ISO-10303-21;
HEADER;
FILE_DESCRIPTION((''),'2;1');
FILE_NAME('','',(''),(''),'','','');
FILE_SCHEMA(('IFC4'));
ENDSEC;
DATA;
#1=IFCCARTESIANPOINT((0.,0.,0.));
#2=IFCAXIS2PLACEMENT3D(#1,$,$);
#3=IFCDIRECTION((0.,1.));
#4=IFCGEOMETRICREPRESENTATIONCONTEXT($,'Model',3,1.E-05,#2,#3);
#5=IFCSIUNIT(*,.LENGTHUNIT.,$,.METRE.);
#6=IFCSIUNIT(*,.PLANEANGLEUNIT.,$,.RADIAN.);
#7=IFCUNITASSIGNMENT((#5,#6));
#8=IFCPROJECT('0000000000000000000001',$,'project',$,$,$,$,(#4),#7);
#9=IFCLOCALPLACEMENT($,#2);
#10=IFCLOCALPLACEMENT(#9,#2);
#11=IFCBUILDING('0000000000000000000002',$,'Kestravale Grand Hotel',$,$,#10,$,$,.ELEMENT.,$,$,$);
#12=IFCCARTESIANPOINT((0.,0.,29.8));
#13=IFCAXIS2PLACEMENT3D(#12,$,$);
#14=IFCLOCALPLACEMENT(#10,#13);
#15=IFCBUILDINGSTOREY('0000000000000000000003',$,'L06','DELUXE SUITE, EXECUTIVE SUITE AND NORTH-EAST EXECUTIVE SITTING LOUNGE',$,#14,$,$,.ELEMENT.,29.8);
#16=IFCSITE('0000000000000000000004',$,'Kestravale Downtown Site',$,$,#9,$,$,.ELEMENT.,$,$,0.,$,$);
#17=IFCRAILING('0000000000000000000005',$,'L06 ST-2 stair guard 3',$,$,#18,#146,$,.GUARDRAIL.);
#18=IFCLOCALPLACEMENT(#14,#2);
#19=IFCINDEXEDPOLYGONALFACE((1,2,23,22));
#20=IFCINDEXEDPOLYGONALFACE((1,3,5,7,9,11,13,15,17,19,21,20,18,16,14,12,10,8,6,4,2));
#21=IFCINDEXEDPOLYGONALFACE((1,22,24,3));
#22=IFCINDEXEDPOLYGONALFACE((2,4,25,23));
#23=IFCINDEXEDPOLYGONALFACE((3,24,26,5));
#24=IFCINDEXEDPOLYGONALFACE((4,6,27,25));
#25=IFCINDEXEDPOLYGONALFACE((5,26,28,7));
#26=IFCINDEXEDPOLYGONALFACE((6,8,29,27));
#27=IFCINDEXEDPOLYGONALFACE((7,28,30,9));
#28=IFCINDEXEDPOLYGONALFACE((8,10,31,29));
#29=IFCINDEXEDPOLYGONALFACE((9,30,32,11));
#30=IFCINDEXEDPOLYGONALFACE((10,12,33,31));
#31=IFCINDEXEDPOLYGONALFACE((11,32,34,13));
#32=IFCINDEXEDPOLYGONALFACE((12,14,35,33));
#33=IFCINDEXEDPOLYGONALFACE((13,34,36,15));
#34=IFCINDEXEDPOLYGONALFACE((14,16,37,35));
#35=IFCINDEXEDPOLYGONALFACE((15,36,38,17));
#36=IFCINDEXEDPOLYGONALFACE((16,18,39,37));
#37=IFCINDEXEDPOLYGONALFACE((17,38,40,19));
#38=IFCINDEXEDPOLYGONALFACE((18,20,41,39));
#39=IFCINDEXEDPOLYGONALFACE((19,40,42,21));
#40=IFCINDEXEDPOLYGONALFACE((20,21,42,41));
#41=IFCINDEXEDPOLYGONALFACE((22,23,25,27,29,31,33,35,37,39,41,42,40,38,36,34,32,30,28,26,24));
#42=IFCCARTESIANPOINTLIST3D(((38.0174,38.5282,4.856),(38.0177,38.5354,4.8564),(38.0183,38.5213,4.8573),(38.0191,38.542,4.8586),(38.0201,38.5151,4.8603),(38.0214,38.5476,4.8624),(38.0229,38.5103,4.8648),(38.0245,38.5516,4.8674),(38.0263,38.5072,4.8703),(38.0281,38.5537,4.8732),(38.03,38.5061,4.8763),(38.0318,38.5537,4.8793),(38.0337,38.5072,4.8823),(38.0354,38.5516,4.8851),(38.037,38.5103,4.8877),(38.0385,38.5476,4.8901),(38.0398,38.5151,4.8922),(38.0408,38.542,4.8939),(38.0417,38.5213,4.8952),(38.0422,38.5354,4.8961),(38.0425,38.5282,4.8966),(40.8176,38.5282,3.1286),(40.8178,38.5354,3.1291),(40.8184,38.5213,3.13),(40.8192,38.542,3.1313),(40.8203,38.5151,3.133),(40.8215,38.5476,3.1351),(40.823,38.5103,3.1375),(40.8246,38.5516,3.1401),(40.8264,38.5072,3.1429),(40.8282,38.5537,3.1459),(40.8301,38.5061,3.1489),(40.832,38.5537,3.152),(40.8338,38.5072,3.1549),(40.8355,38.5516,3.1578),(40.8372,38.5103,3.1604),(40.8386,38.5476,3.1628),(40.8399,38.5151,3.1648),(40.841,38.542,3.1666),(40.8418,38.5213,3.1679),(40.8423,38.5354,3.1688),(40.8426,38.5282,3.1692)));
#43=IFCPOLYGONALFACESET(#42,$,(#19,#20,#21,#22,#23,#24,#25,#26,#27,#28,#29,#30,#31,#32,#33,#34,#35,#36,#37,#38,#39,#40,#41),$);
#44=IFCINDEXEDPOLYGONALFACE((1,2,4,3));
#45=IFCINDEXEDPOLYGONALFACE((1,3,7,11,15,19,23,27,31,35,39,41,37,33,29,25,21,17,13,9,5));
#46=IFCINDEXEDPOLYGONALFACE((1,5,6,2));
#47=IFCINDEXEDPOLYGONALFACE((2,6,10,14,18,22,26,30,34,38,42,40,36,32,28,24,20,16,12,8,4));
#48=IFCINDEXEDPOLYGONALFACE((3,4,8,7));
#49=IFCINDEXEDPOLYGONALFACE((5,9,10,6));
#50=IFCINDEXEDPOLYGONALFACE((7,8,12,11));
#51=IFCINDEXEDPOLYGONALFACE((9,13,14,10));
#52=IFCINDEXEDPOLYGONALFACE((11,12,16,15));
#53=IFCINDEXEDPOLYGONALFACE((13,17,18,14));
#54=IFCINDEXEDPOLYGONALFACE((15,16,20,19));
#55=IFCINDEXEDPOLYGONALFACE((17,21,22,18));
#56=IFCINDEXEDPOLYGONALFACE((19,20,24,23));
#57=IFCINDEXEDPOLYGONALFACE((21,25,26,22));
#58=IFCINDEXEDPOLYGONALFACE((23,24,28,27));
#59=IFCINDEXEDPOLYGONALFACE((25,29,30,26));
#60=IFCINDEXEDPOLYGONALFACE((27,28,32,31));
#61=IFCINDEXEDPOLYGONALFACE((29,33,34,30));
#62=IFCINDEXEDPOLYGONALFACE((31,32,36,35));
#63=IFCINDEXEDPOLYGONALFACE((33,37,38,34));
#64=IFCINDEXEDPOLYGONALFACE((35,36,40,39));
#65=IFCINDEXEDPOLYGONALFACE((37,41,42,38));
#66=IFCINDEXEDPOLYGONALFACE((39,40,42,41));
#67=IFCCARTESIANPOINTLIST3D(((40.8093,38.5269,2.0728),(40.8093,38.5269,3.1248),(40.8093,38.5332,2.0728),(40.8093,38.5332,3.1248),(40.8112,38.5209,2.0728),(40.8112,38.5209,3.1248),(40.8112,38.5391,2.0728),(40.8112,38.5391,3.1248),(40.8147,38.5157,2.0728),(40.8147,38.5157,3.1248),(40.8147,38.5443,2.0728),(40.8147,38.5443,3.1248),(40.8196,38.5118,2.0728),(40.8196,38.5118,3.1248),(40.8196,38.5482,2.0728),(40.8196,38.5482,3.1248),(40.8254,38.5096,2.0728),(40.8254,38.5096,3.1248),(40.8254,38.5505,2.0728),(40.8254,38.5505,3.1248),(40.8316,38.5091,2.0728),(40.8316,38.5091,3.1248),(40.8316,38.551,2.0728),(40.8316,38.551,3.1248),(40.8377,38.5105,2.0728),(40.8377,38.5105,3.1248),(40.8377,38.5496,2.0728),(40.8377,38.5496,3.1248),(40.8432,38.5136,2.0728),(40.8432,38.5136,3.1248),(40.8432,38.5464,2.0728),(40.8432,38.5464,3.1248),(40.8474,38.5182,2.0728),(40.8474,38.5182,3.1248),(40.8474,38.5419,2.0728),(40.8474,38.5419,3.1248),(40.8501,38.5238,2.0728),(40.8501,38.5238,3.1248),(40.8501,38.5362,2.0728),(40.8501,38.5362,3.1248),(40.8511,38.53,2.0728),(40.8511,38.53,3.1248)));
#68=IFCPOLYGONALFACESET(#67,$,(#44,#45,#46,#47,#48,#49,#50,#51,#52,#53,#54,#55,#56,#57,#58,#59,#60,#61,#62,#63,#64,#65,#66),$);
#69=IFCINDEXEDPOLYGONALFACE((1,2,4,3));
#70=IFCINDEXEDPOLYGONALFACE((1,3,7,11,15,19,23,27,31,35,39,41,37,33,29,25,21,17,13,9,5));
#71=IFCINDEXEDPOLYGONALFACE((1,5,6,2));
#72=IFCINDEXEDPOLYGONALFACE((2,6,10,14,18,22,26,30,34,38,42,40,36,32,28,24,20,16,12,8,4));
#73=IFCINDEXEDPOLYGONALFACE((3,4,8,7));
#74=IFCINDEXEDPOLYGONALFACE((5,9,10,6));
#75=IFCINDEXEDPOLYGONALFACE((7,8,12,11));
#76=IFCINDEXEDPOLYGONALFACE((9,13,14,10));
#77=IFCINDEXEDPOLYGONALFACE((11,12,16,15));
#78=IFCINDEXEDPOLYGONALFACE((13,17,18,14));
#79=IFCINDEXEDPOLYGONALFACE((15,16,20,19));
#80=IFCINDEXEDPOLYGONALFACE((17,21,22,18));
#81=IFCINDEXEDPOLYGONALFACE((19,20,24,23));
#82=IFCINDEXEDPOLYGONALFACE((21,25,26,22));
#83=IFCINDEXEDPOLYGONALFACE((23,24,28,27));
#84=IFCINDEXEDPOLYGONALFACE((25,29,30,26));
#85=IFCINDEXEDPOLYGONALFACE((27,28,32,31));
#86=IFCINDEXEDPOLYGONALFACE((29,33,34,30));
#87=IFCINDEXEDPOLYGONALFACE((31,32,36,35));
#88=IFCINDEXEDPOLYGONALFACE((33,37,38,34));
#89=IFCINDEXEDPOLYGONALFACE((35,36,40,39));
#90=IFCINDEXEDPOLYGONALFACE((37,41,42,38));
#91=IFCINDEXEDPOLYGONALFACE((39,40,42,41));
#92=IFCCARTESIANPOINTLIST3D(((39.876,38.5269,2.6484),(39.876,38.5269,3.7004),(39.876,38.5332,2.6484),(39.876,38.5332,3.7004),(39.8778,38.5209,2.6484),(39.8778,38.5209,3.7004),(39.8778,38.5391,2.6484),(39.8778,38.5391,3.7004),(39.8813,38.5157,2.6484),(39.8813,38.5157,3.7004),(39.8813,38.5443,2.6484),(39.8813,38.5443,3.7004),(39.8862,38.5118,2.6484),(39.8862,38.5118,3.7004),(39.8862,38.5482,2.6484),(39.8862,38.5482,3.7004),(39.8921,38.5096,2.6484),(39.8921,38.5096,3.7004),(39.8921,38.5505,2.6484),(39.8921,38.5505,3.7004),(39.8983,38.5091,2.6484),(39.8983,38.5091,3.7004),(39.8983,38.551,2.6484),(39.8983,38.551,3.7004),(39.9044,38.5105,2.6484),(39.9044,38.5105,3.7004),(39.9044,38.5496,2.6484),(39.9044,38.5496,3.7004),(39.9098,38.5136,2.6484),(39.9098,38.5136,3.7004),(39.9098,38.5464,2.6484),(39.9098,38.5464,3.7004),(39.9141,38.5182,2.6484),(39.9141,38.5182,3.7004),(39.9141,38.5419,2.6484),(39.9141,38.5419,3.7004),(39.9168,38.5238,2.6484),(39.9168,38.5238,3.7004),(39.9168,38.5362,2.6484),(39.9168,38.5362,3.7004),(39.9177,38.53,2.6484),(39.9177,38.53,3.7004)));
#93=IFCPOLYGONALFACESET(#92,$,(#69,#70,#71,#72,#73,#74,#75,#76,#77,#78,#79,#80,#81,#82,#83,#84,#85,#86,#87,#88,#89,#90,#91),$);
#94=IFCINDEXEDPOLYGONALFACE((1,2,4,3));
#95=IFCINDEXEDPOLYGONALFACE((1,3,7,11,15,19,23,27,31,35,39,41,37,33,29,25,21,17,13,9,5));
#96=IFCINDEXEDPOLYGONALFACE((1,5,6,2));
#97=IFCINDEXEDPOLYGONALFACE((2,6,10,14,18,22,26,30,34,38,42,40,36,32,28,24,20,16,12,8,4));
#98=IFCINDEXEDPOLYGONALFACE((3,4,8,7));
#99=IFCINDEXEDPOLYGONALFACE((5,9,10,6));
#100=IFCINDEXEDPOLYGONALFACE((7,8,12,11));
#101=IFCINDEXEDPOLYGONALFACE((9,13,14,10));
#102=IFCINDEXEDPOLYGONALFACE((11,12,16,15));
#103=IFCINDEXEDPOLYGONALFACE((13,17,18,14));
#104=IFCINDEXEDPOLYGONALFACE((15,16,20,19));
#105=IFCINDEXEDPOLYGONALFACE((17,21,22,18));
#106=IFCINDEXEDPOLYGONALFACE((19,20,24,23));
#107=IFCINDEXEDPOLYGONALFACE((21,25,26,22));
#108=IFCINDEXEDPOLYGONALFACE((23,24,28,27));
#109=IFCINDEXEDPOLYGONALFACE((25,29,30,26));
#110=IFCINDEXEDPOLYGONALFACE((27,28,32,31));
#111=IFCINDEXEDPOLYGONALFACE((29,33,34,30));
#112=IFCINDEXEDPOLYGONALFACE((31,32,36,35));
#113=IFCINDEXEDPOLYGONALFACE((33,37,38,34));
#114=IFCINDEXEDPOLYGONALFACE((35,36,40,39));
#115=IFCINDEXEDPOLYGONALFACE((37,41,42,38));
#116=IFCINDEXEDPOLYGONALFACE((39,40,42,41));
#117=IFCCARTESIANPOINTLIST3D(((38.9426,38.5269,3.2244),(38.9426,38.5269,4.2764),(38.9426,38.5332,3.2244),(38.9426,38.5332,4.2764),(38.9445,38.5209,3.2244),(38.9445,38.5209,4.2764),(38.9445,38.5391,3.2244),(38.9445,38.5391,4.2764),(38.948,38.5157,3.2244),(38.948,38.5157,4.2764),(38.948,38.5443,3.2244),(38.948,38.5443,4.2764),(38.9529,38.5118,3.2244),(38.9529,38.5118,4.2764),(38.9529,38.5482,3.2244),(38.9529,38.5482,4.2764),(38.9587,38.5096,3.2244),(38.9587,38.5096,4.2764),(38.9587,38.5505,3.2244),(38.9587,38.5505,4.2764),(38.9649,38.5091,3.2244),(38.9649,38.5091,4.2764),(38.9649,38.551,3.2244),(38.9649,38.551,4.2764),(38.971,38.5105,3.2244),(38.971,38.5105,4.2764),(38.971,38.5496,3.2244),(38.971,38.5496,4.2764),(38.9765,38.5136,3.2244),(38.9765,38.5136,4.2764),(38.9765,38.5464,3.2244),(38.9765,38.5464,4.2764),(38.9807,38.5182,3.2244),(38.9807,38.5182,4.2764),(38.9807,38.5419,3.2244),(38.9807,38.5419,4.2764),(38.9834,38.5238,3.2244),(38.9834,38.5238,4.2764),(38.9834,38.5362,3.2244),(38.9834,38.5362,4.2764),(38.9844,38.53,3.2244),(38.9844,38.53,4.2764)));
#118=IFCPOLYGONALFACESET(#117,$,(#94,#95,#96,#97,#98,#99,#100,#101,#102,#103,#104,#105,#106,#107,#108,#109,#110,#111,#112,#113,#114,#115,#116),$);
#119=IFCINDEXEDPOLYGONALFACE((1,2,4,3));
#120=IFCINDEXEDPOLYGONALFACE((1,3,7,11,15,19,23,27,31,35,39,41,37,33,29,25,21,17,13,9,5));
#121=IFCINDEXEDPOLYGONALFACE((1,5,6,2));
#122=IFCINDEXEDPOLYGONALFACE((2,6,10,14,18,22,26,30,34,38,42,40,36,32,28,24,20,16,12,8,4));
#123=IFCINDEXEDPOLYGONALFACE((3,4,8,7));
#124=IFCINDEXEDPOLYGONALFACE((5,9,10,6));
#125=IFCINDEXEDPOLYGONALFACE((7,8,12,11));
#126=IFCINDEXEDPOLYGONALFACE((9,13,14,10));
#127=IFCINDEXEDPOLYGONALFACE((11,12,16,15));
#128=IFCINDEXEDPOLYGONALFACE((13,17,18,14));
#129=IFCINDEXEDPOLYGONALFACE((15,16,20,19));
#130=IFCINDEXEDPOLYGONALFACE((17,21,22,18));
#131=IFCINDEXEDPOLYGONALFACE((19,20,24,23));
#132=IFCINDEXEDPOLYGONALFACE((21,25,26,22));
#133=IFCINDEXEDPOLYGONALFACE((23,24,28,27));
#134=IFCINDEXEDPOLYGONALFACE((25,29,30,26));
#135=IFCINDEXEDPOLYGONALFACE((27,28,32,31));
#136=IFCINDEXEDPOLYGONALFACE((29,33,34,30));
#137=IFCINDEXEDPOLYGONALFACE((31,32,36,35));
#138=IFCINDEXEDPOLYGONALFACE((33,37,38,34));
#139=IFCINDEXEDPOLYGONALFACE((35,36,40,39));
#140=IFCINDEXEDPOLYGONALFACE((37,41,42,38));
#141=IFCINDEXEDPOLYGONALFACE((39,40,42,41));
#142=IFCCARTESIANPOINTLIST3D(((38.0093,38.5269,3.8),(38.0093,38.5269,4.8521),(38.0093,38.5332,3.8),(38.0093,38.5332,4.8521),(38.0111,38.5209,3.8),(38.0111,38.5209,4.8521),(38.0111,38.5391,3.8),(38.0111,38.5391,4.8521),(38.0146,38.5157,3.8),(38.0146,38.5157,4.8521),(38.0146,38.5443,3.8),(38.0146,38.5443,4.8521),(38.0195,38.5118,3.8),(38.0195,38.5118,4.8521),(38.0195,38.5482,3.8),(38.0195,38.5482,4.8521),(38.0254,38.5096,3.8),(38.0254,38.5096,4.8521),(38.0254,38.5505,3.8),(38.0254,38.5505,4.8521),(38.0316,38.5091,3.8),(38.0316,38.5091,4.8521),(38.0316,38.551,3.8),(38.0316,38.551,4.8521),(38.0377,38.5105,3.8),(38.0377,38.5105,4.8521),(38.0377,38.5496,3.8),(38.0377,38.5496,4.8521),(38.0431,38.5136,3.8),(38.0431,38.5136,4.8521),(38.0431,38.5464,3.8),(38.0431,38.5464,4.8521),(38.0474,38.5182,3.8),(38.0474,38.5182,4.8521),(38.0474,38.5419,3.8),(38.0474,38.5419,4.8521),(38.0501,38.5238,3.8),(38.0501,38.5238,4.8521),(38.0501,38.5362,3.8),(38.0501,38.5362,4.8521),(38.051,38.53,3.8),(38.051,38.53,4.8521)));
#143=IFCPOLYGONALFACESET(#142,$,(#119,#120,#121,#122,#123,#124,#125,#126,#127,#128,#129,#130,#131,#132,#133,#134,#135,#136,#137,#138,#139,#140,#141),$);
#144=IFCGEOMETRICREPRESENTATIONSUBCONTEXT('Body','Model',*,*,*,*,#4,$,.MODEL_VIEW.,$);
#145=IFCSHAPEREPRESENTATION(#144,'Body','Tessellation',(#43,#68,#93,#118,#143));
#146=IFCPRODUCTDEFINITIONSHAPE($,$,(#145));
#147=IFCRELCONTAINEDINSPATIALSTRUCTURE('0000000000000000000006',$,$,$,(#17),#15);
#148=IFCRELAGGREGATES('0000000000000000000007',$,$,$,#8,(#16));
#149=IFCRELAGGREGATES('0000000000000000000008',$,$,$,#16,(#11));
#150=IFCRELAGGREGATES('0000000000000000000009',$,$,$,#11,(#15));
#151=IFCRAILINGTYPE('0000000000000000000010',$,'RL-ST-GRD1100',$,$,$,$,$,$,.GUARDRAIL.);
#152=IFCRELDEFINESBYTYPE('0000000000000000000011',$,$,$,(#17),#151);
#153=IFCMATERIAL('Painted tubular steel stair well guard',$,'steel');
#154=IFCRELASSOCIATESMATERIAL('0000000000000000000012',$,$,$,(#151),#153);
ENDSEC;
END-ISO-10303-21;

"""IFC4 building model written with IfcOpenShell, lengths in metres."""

from ifc_helpers import new_model, si_unit, direction, frame, origin, origin_2d, place, context, subcontext, project, spatial, circle, extrude, material, type_object, element, save


model = new_model("IFC4")

# Units and contexts
model_context = context("Model", 3, precision=1e-05, world=origin(), true_north=direction((0.0, 1.0)))
body_context = subcontext(model_context, "Body", "Model", "MODEL_VIEW")
ifc_project = project(units=[si_unit("LENGTHUNIT", "METRE"), si_unit("PLANEANGLEUNIT", "RADIAN")], contexts=[model_context])

# Site, building, storey
site_placement = place(None, origin())
site = spatial("IfcSite", under=ifc_project, at=site_placement, Name="Kestravale Downtown Site", CompositionType="ELEMENT", RefElevation=0.0)
building_placement = place(site_placement, origin())
building = spatial("IfcBuilding", under=site, at=building_placement, Name="Kestravale Grand Hotel", CompositionType="ELEMENT")
storey_placement = place(building_placement, frame((0.0, 0.0, 29.8)))
storey = spatial("IfcBuildingStorey", under=building, at=storey_placement, Name="L06", Description="DELUXE SUITE, EXECUTIVE SUITE AND NORTH-EAST EXECUTIVE SITTING LOUNGE", CompositionType="ELEMENT", Elevation=29.8)

# Railing
ifc_material_1 = material(Name="Painted tubular steel stair well guard", Category="steel")
railing_type_1 = type_object("IfcRailingType", Name="RL-ST-GRD1100", PredefinedType="GUARDRAIL", material=ifc_material_1)
railing_1_placement = place(storey_placement, frame((40.8301, 38.53, 2.0728)))
element("IfcRailing", 1, at=railing_1_placement, inside=storey, type_object=railing_type_1, Name="L06 ST-2 stair guard 3", PredefinedType="GUARDRAIL", context=body_context, shape_type="SweptSolid", body=[
    extrude(circle(Radius=0.0239, at=origin_2d()), frame((0.0, 0.0, 1.0762), z_axis=(-0.85109, 0.0, 0.52502), x_axis=(0.0, -1.0, 0.0)), (0.0, 0.0, 1.0), 3.29),
    extrude(circle(Radius=0.021, at=origin_2d()), origin(), (0.0, 0.0, 1.0), 1.052),
    extrude(circle(Radius=0.021, at=origin_2d()), frame((-0.9333, 0.0, 0.5757)), (0.0, 0.0, 1.0), 1.052),
    extrude(circle(Radius=0.021, at=origin_2d()), frame((-1.8667, 0.0, 1.1516)), (0.0, 0.0, 1.0), 1.052),
    extrude(circle(Radius=0.021, at=origin_2d()), frame((-2.8, 0.0, 1.7273)), (0.0, 0.0, 1.0), 1.052),
])

save(model, "model.ifc")
